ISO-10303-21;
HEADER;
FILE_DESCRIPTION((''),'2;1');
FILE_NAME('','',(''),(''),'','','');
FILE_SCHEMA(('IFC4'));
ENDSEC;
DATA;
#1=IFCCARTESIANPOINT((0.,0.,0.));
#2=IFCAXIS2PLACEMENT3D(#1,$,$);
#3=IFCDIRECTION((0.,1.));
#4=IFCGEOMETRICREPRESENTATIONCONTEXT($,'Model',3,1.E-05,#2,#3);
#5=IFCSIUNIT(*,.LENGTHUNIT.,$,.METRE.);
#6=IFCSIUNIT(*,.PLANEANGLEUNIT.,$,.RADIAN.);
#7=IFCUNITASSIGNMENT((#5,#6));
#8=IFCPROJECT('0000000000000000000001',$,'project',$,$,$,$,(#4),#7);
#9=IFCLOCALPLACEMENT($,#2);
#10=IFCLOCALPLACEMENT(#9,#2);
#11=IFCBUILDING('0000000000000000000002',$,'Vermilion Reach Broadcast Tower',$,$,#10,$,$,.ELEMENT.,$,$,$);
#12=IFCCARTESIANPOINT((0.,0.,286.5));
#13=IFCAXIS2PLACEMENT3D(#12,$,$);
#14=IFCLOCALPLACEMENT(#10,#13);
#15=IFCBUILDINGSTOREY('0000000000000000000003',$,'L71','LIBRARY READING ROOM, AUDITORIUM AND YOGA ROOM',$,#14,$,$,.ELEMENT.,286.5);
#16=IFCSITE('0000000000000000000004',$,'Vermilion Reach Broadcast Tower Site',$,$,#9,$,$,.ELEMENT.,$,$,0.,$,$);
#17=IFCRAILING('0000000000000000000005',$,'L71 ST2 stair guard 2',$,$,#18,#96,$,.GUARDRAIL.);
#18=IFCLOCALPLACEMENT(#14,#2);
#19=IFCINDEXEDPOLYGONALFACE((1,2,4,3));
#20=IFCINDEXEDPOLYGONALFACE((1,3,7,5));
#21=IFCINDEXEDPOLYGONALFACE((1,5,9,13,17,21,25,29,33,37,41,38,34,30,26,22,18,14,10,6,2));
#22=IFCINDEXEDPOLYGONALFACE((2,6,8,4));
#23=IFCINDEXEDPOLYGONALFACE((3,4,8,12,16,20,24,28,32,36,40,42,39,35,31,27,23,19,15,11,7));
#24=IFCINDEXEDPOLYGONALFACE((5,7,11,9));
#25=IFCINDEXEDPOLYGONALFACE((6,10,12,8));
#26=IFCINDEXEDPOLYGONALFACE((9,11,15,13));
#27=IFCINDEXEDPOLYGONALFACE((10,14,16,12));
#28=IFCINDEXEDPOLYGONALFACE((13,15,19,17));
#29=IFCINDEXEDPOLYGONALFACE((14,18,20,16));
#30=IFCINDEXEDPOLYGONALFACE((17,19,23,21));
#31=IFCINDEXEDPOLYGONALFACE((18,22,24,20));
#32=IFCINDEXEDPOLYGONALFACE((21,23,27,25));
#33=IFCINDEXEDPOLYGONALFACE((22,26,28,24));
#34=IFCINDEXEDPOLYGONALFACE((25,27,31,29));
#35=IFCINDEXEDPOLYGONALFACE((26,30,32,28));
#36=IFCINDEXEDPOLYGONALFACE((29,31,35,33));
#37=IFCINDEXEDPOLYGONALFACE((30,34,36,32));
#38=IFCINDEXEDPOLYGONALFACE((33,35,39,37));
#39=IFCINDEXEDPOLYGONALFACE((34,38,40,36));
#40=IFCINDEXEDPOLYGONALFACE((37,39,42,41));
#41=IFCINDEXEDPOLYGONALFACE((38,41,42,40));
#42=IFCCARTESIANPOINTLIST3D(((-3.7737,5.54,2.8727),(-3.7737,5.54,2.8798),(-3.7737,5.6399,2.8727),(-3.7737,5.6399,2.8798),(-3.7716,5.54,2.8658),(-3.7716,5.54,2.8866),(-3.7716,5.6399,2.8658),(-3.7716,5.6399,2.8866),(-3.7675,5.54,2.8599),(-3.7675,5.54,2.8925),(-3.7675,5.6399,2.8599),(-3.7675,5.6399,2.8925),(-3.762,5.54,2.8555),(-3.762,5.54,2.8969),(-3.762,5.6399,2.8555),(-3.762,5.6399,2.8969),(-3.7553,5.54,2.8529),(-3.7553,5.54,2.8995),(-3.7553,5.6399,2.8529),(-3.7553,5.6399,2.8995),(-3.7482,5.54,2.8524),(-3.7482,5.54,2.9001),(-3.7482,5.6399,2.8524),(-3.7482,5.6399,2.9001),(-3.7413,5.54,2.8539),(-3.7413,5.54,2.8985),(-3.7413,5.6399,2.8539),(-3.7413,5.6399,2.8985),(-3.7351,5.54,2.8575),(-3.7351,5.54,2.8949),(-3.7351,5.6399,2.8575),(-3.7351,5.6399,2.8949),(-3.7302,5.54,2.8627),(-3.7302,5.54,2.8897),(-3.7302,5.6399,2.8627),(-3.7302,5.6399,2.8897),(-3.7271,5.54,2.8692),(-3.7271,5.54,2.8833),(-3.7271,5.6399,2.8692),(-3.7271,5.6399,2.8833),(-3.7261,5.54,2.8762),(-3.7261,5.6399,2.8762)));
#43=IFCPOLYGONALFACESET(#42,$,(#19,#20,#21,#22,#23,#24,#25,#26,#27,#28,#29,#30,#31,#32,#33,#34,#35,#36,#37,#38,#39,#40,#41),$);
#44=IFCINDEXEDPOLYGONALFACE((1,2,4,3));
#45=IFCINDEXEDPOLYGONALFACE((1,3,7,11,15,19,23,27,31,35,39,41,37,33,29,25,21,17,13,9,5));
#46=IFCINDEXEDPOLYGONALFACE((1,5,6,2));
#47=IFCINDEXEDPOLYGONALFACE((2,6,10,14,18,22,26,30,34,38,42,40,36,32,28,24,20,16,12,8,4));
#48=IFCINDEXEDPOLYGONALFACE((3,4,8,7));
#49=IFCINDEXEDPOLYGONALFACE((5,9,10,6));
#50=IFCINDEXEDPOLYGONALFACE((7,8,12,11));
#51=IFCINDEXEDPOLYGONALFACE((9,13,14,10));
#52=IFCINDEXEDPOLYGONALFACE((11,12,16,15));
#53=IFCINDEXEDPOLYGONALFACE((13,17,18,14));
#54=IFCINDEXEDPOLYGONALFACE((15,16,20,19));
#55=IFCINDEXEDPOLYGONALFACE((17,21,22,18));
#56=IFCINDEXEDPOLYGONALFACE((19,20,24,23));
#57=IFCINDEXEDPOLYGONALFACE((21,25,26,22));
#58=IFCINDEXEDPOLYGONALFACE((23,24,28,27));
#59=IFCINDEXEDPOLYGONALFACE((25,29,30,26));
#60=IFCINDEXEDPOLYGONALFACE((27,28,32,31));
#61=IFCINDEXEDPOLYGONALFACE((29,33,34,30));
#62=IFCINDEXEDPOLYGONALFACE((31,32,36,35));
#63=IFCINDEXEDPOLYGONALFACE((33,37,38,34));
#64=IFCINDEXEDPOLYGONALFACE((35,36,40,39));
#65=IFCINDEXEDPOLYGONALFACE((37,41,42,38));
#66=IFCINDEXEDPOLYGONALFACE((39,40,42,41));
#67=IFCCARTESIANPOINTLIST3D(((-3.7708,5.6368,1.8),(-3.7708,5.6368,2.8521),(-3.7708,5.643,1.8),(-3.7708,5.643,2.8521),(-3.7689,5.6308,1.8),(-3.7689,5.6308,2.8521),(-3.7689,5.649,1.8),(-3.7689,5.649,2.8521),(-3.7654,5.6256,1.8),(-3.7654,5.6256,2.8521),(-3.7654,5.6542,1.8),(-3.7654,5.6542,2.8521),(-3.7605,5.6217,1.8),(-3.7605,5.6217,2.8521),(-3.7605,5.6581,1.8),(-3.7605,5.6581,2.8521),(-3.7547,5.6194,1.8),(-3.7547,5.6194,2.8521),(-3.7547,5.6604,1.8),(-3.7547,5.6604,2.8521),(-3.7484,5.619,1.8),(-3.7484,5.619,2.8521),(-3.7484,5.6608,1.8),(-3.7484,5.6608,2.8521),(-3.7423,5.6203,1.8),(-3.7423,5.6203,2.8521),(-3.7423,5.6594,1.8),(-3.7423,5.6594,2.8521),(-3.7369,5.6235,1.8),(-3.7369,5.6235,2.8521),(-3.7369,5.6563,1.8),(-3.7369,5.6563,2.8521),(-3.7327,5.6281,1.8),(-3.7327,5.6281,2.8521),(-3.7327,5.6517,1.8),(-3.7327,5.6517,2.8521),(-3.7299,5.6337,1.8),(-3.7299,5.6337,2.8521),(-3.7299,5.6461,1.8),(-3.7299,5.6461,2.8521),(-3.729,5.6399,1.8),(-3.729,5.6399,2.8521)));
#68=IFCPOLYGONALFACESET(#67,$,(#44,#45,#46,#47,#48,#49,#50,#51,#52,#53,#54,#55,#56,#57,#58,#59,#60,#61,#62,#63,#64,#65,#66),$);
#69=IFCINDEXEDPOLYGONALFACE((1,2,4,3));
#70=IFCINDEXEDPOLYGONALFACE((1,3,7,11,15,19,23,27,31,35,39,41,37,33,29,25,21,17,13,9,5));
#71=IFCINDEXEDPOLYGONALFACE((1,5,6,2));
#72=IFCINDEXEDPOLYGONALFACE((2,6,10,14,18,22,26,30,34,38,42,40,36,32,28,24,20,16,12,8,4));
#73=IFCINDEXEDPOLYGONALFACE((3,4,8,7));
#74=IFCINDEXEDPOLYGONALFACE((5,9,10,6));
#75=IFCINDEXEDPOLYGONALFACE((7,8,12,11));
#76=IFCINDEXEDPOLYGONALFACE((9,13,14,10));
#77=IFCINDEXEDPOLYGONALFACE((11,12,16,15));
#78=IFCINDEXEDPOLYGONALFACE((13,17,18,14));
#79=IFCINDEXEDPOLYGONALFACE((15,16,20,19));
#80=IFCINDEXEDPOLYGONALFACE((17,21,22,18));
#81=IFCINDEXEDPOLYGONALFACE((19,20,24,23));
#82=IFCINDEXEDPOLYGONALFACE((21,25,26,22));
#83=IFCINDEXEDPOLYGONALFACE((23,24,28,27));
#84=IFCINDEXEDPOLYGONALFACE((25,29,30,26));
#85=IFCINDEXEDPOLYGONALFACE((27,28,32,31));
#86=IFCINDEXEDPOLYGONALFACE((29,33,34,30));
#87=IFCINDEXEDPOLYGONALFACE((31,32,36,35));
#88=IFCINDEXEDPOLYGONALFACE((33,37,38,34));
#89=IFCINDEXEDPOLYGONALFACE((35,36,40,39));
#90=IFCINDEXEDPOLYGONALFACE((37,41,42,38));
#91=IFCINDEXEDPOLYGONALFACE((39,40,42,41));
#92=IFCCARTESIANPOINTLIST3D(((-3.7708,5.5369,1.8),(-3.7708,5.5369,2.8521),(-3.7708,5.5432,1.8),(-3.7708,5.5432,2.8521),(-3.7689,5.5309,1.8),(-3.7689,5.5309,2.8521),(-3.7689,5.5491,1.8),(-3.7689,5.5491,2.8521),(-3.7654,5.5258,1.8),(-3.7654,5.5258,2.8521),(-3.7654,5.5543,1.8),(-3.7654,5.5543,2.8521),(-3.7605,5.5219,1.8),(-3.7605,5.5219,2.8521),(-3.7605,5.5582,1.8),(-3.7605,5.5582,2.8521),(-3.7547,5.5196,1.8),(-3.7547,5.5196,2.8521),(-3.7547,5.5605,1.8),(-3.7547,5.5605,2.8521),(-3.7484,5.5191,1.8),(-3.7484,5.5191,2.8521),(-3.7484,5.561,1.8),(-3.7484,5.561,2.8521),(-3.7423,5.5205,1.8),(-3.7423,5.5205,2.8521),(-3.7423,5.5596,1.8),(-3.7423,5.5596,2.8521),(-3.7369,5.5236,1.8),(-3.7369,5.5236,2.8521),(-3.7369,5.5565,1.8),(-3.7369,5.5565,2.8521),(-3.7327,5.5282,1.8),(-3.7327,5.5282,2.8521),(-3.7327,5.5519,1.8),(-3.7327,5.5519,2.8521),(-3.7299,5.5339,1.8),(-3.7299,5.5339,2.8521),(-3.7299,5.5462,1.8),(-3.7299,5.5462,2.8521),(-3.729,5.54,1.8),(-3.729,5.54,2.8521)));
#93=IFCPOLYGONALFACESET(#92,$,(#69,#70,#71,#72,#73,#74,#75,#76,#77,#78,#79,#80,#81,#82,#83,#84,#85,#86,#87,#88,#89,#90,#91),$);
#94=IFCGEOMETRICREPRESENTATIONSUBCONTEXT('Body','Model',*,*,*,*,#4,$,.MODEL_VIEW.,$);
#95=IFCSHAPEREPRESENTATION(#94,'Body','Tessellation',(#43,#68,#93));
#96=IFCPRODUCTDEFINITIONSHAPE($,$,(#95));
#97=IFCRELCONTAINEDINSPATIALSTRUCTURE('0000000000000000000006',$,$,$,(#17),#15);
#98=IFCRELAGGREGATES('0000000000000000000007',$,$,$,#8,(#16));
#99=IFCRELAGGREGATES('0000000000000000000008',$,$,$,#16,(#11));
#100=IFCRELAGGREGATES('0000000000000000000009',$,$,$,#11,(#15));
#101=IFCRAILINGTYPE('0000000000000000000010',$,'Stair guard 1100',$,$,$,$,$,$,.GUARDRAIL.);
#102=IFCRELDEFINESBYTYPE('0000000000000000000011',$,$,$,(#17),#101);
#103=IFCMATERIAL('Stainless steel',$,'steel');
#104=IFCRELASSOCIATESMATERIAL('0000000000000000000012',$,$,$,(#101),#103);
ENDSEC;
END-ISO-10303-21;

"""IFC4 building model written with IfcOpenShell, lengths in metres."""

from ifc_helpers import new_model, si_unit, direction, frame, origin, origin_2d, place, context, subcontext, project, spatial, circle, extrude, material, type_object, element, save


model = new_model("IFC4")

# Units and contexts
model_context = context("Model", 3, precision=1e-05, world=origin(), true_north=direction((0.0, 1.0)))
body_context = subcontext(model_context, "Body", "Model", "MODEL_VIEW")
ifc_project = project(units=[si_unit("LENGTHUNIT", "METRE"), si_unit("PLANEANGLEUNIT", "RADIAN")], contexts=[model_context])

# Site, building, storey
site_placement = place(None, origin())
site = spatial("IfcSite", under=ifc_project, at=site_placement, Name="Vermilion Reach Broadcast Tower Site", CompositionType="ELEMENT", RefElevation=0.0)
building_placement = place(site_placement, origin())
building = spatial("IfcBuilding", under=site, at=building_placement, Name="Vermilion Reach Broadcast Tower", CompositionType="ELEMENT")
storey_placement = place(building_placement, frame((0.0, 0.0, 286.5)))
storey = spatial("IfcBuildingStorey", under=building, at=storey_placement, Name="L71", Description="LIBRARY READING ROOM, AUDITORIUM AND YOGA ROOM", CompositionType="ELEMENT", Elevation=286.5)

# Railing
ifc_material_1 = material(Name="Stainless steel", Category="steel")
railing_type_1 = type_object("IfcRailingType", Name="Stair guard 1100", PredefinedType="GUARDRAIL", material=ifc_material_1)
railing_1_placement = place(storey_placement, frame((-3.75, 5.6399, 1.8)))
element("IfcRailing", 1, at=railing_1_placement, inside=storey, type_object=railing_type_1, Name="L71 ST2 stair guard 2", PredefinedType="GUARDRAIL", context=body_context, shape_type="SweptSolid", body=[
    extrude(circle(Radius=0.0239, at=origin_2d()), frame((0.0, 0.0, 1.0762), z_axis=(0.0, -1.0, 0.0), x_axis=(1.0, 0.0, 0.0)), (0.0, 0.0, 1.0), 0.0999),
    extrude(circle(Radius=0.021, at=origin_2d()), origin(), (0.0, 0.0, 1.0), 1.052),
    extrude(circle(Radius=0.021, at=origin_2d()), frame((0.0, -0.0999, 0.0)), (0.0, 0.0, 1.0), 1.052),
])

save(model, "model.ifc")
